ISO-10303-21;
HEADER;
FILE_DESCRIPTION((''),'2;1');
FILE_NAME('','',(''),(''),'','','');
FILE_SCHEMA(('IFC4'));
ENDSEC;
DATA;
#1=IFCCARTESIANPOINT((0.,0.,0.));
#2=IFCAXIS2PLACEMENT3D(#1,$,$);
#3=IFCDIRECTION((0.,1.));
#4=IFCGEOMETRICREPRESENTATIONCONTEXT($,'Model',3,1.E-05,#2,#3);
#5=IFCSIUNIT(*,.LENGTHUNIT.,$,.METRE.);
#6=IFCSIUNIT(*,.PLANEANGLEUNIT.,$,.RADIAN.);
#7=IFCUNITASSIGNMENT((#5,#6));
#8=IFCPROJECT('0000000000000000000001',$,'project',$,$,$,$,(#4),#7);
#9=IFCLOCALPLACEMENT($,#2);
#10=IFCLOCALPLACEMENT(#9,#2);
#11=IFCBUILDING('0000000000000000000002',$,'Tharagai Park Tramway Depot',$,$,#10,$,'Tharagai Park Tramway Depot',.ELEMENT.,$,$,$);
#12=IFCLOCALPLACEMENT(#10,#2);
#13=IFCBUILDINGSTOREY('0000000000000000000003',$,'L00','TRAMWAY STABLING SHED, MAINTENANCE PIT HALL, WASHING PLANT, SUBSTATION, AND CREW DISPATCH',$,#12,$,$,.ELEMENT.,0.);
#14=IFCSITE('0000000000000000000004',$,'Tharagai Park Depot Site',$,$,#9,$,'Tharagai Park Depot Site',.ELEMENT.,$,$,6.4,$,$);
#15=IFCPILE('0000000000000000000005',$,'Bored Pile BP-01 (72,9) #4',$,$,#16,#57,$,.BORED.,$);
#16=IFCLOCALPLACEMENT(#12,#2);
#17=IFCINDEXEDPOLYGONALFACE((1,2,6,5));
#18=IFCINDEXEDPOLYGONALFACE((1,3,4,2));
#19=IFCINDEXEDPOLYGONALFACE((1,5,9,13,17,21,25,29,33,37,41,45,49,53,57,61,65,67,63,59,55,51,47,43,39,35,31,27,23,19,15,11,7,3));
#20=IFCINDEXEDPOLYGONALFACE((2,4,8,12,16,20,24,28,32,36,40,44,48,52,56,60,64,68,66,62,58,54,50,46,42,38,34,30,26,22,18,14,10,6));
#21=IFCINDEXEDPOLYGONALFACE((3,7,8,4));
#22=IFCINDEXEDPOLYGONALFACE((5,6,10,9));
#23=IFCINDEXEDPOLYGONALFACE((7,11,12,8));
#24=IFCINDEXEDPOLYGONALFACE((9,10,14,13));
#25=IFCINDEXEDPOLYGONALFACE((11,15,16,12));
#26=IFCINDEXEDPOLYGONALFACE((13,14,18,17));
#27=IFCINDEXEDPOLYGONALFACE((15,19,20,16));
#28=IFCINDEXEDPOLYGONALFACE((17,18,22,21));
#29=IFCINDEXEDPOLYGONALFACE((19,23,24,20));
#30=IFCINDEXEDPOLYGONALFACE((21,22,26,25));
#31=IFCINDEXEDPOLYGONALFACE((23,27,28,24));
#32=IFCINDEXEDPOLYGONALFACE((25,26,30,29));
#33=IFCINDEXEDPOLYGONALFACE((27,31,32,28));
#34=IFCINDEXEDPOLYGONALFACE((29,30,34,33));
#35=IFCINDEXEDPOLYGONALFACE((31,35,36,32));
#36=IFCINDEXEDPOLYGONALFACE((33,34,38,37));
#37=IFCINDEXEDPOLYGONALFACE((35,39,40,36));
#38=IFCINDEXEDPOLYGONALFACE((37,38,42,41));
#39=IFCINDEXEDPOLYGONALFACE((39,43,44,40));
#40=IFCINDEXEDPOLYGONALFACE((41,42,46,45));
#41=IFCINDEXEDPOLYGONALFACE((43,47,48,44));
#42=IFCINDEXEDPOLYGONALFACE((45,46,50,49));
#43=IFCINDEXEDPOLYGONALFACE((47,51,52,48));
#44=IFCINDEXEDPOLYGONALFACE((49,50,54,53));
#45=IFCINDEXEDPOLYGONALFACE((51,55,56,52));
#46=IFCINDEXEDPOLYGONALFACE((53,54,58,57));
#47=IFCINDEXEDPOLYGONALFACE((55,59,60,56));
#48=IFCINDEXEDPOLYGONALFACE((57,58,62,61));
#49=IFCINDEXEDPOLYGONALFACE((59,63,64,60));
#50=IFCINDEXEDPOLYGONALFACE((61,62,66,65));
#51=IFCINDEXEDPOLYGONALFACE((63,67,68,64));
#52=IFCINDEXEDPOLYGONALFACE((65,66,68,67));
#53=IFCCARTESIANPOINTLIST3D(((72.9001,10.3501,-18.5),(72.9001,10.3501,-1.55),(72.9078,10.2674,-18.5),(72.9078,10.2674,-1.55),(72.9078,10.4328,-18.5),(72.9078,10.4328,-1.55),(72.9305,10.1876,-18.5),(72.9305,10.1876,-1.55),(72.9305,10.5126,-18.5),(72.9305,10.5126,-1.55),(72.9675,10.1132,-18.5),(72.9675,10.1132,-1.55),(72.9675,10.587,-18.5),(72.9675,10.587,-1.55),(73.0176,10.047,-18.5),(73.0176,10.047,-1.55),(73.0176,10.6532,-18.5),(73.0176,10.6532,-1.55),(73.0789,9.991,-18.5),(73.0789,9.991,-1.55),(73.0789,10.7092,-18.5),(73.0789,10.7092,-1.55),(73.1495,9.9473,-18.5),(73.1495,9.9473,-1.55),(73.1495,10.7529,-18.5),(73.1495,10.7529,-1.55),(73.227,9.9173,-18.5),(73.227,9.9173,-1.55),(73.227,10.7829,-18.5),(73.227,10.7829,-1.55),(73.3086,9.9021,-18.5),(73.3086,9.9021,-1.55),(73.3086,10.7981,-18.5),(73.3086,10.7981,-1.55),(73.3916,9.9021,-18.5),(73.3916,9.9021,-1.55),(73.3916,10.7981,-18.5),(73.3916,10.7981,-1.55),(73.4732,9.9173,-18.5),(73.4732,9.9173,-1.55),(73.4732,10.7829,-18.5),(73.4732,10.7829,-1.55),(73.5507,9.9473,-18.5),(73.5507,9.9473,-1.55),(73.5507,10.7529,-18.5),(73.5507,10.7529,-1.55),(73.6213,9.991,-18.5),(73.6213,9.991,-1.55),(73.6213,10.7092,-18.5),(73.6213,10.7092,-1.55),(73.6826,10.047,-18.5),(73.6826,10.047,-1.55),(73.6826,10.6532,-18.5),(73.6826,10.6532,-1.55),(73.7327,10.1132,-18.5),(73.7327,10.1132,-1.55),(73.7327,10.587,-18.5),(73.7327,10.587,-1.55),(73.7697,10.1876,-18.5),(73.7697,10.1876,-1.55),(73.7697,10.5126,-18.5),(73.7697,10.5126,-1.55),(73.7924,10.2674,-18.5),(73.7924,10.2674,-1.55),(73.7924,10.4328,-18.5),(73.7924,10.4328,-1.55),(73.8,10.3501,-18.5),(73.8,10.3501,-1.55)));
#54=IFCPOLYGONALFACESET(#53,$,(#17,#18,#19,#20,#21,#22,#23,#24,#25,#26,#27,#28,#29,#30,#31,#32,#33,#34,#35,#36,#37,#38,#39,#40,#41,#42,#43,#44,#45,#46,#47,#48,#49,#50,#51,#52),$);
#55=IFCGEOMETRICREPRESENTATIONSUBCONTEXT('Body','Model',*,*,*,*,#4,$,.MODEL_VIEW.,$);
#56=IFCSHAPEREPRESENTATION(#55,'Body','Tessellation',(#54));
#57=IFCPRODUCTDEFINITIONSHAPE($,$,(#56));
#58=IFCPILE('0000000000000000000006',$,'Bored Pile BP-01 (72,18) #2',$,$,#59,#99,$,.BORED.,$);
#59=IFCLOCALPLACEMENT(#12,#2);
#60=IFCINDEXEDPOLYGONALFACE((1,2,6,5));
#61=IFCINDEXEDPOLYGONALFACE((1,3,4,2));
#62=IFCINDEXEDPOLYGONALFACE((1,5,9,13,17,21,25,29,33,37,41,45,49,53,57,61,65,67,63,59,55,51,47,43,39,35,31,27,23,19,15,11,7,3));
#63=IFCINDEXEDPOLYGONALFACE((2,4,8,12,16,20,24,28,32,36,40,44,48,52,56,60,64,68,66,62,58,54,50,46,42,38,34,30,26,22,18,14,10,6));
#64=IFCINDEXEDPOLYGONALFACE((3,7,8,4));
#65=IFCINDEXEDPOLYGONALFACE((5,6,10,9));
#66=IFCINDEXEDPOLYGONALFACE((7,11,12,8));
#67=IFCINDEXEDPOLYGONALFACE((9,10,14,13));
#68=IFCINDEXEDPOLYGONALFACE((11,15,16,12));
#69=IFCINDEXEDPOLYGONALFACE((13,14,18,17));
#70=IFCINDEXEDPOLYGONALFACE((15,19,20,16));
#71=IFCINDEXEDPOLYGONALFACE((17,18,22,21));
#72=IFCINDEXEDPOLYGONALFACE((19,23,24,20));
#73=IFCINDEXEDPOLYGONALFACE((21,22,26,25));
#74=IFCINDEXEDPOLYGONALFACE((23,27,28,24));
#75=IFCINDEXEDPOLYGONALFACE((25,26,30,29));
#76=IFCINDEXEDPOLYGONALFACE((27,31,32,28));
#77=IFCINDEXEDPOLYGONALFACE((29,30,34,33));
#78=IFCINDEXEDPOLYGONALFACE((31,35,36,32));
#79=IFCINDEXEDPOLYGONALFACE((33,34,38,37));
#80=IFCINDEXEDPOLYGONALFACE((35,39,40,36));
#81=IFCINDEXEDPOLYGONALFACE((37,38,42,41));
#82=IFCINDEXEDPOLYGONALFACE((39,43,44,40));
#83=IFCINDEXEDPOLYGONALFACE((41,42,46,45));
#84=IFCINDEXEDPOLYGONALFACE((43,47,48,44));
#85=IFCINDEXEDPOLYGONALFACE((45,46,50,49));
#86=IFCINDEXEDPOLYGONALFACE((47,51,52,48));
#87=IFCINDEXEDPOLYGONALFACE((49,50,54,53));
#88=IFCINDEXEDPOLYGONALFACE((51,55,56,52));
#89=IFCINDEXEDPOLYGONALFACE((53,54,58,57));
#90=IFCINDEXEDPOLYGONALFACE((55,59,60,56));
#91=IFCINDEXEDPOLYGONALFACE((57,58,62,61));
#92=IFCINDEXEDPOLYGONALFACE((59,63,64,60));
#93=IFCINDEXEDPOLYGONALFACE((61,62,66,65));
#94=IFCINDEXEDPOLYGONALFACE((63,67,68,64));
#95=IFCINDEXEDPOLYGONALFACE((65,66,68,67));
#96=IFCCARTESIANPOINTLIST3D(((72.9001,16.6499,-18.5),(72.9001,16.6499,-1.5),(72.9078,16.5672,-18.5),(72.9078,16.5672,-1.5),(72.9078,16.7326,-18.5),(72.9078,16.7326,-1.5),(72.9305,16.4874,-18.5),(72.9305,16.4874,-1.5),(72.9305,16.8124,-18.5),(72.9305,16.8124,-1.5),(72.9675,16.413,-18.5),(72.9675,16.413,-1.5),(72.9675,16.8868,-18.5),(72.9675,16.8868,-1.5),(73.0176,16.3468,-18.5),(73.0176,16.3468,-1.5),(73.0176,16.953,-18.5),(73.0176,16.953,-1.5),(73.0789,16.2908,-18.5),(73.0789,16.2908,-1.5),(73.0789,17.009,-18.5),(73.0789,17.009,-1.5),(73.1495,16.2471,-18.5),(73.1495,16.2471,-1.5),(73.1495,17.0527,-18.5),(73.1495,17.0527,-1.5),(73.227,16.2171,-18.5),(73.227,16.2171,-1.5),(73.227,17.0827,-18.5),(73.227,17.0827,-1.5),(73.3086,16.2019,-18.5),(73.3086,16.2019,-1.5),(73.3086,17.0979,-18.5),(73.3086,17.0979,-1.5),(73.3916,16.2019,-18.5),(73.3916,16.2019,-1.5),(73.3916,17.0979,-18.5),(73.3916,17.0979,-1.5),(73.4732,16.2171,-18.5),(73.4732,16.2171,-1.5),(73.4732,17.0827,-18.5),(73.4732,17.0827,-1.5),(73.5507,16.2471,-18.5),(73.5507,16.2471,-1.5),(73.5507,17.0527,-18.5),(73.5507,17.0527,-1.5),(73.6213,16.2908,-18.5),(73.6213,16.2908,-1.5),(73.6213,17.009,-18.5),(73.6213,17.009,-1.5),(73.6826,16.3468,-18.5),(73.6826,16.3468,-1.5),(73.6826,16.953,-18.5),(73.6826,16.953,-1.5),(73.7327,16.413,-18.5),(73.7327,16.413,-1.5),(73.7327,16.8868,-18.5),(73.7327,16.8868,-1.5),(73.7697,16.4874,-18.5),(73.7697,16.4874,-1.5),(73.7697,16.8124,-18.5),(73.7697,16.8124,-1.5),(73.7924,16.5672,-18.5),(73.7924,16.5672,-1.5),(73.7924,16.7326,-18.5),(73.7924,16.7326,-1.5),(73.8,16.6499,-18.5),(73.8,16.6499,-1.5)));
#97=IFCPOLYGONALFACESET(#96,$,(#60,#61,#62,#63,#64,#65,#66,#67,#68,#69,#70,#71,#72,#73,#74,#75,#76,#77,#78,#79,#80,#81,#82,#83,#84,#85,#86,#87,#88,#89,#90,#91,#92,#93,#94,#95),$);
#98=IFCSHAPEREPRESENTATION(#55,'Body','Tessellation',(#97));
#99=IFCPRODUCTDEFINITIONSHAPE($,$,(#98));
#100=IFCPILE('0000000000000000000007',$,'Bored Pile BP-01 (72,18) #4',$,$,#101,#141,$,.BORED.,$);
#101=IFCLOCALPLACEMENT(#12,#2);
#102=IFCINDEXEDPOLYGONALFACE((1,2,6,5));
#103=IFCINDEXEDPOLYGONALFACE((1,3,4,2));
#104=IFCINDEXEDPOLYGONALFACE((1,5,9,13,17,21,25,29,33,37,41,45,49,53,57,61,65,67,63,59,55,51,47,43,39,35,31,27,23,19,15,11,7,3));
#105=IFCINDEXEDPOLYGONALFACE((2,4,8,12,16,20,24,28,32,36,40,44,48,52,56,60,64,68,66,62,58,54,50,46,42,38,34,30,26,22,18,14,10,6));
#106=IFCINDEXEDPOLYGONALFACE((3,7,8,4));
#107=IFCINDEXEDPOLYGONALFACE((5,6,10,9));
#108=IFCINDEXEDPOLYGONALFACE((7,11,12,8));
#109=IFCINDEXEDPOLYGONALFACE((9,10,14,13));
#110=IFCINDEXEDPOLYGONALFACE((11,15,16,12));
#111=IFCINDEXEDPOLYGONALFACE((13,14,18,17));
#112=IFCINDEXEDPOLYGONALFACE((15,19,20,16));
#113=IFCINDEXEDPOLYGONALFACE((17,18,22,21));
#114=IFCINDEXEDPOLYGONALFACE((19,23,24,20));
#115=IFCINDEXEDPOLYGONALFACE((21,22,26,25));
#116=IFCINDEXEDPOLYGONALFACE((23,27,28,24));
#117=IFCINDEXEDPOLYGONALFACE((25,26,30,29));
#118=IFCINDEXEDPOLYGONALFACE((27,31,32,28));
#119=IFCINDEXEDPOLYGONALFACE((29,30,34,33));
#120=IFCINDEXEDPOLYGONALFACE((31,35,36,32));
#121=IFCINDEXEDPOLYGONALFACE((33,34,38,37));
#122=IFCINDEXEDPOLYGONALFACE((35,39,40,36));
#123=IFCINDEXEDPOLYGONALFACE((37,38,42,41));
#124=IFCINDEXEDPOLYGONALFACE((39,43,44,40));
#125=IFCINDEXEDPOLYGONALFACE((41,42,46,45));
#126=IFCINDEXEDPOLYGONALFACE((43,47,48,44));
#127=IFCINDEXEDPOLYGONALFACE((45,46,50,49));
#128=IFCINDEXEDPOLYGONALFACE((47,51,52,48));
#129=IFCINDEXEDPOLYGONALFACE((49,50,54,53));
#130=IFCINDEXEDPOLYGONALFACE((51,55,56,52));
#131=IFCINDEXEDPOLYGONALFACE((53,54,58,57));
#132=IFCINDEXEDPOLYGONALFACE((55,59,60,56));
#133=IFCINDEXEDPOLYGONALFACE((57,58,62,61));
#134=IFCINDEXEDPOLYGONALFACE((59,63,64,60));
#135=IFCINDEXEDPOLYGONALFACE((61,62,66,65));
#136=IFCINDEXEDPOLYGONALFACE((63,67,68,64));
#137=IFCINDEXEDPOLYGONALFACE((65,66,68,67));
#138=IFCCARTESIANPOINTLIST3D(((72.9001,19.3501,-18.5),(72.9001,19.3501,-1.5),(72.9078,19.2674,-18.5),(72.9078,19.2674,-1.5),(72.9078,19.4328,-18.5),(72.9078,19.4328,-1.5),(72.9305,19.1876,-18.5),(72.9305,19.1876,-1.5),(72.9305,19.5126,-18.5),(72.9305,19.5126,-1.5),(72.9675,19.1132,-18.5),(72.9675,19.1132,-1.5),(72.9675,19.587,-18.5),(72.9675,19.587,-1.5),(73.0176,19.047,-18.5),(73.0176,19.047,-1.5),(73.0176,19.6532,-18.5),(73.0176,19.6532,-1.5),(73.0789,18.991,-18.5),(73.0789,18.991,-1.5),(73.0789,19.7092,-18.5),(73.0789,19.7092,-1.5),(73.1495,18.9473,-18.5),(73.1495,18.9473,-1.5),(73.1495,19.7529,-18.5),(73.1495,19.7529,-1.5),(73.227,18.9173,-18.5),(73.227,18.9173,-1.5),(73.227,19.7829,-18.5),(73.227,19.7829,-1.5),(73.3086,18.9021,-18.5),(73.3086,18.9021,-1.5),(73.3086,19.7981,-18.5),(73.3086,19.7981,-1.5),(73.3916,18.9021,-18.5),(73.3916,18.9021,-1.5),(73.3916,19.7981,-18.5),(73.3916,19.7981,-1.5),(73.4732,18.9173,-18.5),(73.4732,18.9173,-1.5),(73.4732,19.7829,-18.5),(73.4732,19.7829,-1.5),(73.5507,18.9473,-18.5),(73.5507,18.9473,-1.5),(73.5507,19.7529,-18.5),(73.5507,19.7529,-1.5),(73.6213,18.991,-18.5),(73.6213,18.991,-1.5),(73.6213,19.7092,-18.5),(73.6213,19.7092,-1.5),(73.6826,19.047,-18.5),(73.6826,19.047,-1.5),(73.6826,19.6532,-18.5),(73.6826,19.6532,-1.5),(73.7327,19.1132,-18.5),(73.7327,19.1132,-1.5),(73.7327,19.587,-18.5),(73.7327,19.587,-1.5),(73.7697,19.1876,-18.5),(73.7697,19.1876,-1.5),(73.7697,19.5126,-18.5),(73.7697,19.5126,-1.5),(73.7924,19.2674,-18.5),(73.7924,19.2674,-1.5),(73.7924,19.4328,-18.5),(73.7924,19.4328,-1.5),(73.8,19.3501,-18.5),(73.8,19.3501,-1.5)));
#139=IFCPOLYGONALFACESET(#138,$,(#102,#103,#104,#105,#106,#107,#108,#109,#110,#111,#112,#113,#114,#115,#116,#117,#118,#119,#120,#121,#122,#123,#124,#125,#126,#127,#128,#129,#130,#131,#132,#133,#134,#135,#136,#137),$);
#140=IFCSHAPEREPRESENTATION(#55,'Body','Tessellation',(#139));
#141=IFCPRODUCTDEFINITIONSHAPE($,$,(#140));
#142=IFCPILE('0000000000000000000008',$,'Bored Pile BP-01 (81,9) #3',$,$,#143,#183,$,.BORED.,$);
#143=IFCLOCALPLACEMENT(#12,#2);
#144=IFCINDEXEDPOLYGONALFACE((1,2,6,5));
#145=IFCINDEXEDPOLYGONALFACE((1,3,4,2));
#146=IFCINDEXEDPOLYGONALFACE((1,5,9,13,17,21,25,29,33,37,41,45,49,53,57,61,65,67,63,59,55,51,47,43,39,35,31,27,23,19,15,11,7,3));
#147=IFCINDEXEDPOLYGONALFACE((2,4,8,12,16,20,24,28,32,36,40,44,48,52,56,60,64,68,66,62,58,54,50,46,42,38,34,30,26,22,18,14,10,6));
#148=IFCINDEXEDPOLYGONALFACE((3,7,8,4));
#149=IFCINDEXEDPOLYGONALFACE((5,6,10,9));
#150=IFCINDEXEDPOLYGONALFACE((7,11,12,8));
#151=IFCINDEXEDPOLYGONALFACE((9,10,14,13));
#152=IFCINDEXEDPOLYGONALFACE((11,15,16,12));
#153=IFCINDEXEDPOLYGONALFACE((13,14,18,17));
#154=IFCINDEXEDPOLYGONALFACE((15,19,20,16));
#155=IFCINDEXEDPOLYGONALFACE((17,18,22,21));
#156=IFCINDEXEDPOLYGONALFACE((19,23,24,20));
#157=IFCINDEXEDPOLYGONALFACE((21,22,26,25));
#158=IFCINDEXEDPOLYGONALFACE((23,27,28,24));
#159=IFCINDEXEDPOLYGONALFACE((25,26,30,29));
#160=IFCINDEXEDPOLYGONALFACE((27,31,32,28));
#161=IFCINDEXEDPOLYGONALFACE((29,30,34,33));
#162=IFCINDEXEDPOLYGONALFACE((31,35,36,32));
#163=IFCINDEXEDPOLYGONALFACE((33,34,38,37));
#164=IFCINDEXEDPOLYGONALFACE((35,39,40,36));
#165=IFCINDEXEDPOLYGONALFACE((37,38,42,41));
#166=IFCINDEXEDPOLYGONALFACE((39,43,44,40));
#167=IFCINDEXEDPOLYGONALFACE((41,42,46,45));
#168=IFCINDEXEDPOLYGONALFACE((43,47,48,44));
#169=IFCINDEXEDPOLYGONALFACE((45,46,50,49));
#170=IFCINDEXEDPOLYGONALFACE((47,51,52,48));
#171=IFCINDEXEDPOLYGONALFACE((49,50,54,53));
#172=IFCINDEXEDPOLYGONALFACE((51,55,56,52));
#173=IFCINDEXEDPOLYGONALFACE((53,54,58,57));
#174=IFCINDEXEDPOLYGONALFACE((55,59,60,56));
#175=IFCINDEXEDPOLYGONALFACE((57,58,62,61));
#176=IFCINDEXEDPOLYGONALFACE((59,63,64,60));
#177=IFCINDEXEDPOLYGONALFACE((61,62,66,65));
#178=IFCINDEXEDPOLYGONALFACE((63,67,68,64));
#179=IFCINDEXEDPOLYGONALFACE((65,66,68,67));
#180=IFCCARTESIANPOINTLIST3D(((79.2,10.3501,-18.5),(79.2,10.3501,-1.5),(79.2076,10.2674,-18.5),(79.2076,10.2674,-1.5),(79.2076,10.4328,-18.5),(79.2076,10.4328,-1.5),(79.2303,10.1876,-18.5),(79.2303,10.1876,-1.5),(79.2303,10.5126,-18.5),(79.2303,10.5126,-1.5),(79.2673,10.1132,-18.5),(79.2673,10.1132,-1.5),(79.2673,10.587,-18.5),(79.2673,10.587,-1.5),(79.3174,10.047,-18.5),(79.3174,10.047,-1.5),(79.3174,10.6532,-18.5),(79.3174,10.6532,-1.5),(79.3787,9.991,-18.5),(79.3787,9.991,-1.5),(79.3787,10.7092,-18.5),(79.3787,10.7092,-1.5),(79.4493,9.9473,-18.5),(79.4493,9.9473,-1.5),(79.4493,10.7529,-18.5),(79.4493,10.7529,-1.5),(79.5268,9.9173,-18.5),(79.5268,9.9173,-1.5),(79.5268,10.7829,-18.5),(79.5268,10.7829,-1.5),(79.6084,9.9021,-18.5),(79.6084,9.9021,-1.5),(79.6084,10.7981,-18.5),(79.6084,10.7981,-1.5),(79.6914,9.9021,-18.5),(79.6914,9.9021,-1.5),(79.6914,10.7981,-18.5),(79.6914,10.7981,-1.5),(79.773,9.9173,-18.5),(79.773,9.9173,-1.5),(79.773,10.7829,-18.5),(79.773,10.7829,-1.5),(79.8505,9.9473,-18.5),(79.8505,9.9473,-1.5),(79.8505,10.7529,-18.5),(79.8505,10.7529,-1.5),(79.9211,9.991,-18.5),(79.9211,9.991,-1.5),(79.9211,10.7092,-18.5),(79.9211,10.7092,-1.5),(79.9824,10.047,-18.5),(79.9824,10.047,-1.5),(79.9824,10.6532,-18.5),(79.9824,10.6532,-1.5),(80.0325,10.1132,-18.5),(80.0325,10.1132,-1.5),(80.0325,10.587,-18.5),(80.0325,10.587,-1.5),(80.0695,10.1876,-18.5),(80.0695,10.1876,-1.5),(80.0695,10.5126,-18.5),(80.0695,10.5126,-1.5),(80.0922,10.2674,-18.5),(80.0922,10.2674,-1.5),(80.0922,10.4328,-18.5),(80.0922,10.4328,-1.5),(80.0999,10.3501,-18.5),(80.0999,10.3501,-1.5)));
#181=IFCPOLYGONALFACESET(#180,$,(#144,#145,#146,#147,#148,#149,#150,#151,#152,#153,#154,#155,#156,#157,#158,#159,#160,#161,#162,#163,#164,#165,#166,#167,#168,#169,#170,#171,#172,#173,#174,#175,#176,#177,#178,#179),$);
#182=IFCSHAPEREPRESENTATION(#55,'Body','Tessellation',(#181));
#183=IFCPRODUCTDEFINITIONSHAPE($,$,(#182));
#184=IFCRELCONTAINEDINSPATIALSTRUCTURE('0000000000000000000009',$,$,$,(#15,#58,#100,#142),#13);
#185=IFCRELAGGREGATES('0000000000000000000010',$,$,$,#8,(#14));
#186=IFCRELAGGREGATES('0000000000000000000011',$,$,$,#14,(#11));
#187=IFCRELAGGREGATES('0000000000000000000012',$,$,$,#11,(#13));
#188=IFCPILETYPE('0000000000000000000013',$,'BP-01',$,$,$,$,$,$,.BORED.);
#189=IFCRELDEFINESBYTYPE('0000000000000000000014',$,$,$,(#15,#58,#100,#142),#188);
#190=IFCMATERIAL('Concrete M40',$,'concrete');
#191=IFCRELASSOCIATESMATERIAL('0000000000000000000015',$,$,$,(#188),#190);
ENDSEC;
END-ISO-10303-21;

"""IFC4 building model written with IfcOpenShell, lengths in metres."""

from ifc_helpers import new_model, si_unit, direction, frame, origin, origin_2d, place, context, subcontext, project, spatial, circle, extrude, material, material_profile, profile_set, type_object, element, save


model = new_model("IFC4")

# Units and contexts
model_context = context("Model", 3, precision=1e-05, world=origin(), true_north=direction((0.0, 1.0)))
body_context = subcontext(model_context, "Body", "Model", "MODEL_VIEW")
ifc_project = project(units=[si_unit("LENGTHUNIT", "METRE"), si_unit("PLANEANGLEUNIT", "RADIAN")], contexts=[model_context])

# Site, building, storey
site_placement = place(None, origin())
site = spatial("IfcSite", under=ifc_project, at=site_placement, Name="Tharagai Park Depot Site", LongName="Tharagai Park Depot Site", CompositionType="ELEMENT", RefElevation=6.4)
building_placement = place(site_placement, origin())
building = spatial("IfcBuilding", under=site, at=building_placement, Name="Tharagai Park Tramway Depot", LongName="Tharagai Park Tramway Depot", CompositionType="ELEMENT")
storey_placement = place(building_placement, origin())
storey = spatial("IfcBuildingStorey", under=building, at=storey_placement, Name="L00", Description="TRAMWAY STABLING SHED, MAINTENANCE PIT HALL, WASHING PLANT, SUBSTATION, AND CREW DISPATCH", CompositionType="ELEMENT", Elevation=0.0)

# Piles
ifc_material_1 = material(Name="Concrete M40", Category="concrete")
ifc_material_profile_1 = material_profile(ifc_material_1, circle(Radius=0.45, at=origin_2d()), Name="PILE D900")
ifc_profile_set_1 = profile_set([ifc_material_profile_1], Name="Concrete M40")
pile_type_1 = type_object("IfcPileType", Name="BP-01", PredefinedType="BORED", material=ifc_profile_set_1)
pile_1_placement = place(storey_placement, frame((73.3501, 10.3501, -1.55), z_axis=(0.0, 0.0, -1.0), x_axis=(1.0, 0.0, 0.0)))
element("IfcPile", 1, at=pile_1_placement, inside=storey, type_object=pile_type_1, Name="Bored Pile BP-01 (72,9) #4", PredefinedType="BORED", context=body_context, shape_type="SweptSolid", body=[
    extrude(circle(Radius=0.45, at=origin_2d()), origin(), (0.0, 0.0, 1.0), 16.95),
])
for number, where, z_axis, x_axis, name in (
    (2, (73.3501, 16.6499, -1.5), (0.0, 0.0, -1.0), (1.0, 0.0, 0.0), "Bored Pile BP-01 (72,18) #2"),
    (3, (73.3501, 19.3501, -1.5), (0.0, 0.0, -1.0), (1.0, 0.0, 0.0), "Bored Pile BP-01 (72,18) #4"),
    (4, (79.6499, 10.3501, -1.5), (0.0, 0.0, -1.0), (1.0, 0.0, 0.0), "Bored Pile BP-01 (81,9) #3"),
):
    element("IfcPile", number, at=place(storey_placement, frame(where, z_axis=z_axis, x_axis=x_axis)), inside=storey, type_object=pile_type_1, Name=name, PredefinedType="BORED", context=body_context, shape_type="SweptSolid", body=[
        extrude(circle(Radius=0.45, at=origin_2d()), origin(), (0.0, 0.0, 1.0), 17.0),
    ])

save(model, "model.ifc")
